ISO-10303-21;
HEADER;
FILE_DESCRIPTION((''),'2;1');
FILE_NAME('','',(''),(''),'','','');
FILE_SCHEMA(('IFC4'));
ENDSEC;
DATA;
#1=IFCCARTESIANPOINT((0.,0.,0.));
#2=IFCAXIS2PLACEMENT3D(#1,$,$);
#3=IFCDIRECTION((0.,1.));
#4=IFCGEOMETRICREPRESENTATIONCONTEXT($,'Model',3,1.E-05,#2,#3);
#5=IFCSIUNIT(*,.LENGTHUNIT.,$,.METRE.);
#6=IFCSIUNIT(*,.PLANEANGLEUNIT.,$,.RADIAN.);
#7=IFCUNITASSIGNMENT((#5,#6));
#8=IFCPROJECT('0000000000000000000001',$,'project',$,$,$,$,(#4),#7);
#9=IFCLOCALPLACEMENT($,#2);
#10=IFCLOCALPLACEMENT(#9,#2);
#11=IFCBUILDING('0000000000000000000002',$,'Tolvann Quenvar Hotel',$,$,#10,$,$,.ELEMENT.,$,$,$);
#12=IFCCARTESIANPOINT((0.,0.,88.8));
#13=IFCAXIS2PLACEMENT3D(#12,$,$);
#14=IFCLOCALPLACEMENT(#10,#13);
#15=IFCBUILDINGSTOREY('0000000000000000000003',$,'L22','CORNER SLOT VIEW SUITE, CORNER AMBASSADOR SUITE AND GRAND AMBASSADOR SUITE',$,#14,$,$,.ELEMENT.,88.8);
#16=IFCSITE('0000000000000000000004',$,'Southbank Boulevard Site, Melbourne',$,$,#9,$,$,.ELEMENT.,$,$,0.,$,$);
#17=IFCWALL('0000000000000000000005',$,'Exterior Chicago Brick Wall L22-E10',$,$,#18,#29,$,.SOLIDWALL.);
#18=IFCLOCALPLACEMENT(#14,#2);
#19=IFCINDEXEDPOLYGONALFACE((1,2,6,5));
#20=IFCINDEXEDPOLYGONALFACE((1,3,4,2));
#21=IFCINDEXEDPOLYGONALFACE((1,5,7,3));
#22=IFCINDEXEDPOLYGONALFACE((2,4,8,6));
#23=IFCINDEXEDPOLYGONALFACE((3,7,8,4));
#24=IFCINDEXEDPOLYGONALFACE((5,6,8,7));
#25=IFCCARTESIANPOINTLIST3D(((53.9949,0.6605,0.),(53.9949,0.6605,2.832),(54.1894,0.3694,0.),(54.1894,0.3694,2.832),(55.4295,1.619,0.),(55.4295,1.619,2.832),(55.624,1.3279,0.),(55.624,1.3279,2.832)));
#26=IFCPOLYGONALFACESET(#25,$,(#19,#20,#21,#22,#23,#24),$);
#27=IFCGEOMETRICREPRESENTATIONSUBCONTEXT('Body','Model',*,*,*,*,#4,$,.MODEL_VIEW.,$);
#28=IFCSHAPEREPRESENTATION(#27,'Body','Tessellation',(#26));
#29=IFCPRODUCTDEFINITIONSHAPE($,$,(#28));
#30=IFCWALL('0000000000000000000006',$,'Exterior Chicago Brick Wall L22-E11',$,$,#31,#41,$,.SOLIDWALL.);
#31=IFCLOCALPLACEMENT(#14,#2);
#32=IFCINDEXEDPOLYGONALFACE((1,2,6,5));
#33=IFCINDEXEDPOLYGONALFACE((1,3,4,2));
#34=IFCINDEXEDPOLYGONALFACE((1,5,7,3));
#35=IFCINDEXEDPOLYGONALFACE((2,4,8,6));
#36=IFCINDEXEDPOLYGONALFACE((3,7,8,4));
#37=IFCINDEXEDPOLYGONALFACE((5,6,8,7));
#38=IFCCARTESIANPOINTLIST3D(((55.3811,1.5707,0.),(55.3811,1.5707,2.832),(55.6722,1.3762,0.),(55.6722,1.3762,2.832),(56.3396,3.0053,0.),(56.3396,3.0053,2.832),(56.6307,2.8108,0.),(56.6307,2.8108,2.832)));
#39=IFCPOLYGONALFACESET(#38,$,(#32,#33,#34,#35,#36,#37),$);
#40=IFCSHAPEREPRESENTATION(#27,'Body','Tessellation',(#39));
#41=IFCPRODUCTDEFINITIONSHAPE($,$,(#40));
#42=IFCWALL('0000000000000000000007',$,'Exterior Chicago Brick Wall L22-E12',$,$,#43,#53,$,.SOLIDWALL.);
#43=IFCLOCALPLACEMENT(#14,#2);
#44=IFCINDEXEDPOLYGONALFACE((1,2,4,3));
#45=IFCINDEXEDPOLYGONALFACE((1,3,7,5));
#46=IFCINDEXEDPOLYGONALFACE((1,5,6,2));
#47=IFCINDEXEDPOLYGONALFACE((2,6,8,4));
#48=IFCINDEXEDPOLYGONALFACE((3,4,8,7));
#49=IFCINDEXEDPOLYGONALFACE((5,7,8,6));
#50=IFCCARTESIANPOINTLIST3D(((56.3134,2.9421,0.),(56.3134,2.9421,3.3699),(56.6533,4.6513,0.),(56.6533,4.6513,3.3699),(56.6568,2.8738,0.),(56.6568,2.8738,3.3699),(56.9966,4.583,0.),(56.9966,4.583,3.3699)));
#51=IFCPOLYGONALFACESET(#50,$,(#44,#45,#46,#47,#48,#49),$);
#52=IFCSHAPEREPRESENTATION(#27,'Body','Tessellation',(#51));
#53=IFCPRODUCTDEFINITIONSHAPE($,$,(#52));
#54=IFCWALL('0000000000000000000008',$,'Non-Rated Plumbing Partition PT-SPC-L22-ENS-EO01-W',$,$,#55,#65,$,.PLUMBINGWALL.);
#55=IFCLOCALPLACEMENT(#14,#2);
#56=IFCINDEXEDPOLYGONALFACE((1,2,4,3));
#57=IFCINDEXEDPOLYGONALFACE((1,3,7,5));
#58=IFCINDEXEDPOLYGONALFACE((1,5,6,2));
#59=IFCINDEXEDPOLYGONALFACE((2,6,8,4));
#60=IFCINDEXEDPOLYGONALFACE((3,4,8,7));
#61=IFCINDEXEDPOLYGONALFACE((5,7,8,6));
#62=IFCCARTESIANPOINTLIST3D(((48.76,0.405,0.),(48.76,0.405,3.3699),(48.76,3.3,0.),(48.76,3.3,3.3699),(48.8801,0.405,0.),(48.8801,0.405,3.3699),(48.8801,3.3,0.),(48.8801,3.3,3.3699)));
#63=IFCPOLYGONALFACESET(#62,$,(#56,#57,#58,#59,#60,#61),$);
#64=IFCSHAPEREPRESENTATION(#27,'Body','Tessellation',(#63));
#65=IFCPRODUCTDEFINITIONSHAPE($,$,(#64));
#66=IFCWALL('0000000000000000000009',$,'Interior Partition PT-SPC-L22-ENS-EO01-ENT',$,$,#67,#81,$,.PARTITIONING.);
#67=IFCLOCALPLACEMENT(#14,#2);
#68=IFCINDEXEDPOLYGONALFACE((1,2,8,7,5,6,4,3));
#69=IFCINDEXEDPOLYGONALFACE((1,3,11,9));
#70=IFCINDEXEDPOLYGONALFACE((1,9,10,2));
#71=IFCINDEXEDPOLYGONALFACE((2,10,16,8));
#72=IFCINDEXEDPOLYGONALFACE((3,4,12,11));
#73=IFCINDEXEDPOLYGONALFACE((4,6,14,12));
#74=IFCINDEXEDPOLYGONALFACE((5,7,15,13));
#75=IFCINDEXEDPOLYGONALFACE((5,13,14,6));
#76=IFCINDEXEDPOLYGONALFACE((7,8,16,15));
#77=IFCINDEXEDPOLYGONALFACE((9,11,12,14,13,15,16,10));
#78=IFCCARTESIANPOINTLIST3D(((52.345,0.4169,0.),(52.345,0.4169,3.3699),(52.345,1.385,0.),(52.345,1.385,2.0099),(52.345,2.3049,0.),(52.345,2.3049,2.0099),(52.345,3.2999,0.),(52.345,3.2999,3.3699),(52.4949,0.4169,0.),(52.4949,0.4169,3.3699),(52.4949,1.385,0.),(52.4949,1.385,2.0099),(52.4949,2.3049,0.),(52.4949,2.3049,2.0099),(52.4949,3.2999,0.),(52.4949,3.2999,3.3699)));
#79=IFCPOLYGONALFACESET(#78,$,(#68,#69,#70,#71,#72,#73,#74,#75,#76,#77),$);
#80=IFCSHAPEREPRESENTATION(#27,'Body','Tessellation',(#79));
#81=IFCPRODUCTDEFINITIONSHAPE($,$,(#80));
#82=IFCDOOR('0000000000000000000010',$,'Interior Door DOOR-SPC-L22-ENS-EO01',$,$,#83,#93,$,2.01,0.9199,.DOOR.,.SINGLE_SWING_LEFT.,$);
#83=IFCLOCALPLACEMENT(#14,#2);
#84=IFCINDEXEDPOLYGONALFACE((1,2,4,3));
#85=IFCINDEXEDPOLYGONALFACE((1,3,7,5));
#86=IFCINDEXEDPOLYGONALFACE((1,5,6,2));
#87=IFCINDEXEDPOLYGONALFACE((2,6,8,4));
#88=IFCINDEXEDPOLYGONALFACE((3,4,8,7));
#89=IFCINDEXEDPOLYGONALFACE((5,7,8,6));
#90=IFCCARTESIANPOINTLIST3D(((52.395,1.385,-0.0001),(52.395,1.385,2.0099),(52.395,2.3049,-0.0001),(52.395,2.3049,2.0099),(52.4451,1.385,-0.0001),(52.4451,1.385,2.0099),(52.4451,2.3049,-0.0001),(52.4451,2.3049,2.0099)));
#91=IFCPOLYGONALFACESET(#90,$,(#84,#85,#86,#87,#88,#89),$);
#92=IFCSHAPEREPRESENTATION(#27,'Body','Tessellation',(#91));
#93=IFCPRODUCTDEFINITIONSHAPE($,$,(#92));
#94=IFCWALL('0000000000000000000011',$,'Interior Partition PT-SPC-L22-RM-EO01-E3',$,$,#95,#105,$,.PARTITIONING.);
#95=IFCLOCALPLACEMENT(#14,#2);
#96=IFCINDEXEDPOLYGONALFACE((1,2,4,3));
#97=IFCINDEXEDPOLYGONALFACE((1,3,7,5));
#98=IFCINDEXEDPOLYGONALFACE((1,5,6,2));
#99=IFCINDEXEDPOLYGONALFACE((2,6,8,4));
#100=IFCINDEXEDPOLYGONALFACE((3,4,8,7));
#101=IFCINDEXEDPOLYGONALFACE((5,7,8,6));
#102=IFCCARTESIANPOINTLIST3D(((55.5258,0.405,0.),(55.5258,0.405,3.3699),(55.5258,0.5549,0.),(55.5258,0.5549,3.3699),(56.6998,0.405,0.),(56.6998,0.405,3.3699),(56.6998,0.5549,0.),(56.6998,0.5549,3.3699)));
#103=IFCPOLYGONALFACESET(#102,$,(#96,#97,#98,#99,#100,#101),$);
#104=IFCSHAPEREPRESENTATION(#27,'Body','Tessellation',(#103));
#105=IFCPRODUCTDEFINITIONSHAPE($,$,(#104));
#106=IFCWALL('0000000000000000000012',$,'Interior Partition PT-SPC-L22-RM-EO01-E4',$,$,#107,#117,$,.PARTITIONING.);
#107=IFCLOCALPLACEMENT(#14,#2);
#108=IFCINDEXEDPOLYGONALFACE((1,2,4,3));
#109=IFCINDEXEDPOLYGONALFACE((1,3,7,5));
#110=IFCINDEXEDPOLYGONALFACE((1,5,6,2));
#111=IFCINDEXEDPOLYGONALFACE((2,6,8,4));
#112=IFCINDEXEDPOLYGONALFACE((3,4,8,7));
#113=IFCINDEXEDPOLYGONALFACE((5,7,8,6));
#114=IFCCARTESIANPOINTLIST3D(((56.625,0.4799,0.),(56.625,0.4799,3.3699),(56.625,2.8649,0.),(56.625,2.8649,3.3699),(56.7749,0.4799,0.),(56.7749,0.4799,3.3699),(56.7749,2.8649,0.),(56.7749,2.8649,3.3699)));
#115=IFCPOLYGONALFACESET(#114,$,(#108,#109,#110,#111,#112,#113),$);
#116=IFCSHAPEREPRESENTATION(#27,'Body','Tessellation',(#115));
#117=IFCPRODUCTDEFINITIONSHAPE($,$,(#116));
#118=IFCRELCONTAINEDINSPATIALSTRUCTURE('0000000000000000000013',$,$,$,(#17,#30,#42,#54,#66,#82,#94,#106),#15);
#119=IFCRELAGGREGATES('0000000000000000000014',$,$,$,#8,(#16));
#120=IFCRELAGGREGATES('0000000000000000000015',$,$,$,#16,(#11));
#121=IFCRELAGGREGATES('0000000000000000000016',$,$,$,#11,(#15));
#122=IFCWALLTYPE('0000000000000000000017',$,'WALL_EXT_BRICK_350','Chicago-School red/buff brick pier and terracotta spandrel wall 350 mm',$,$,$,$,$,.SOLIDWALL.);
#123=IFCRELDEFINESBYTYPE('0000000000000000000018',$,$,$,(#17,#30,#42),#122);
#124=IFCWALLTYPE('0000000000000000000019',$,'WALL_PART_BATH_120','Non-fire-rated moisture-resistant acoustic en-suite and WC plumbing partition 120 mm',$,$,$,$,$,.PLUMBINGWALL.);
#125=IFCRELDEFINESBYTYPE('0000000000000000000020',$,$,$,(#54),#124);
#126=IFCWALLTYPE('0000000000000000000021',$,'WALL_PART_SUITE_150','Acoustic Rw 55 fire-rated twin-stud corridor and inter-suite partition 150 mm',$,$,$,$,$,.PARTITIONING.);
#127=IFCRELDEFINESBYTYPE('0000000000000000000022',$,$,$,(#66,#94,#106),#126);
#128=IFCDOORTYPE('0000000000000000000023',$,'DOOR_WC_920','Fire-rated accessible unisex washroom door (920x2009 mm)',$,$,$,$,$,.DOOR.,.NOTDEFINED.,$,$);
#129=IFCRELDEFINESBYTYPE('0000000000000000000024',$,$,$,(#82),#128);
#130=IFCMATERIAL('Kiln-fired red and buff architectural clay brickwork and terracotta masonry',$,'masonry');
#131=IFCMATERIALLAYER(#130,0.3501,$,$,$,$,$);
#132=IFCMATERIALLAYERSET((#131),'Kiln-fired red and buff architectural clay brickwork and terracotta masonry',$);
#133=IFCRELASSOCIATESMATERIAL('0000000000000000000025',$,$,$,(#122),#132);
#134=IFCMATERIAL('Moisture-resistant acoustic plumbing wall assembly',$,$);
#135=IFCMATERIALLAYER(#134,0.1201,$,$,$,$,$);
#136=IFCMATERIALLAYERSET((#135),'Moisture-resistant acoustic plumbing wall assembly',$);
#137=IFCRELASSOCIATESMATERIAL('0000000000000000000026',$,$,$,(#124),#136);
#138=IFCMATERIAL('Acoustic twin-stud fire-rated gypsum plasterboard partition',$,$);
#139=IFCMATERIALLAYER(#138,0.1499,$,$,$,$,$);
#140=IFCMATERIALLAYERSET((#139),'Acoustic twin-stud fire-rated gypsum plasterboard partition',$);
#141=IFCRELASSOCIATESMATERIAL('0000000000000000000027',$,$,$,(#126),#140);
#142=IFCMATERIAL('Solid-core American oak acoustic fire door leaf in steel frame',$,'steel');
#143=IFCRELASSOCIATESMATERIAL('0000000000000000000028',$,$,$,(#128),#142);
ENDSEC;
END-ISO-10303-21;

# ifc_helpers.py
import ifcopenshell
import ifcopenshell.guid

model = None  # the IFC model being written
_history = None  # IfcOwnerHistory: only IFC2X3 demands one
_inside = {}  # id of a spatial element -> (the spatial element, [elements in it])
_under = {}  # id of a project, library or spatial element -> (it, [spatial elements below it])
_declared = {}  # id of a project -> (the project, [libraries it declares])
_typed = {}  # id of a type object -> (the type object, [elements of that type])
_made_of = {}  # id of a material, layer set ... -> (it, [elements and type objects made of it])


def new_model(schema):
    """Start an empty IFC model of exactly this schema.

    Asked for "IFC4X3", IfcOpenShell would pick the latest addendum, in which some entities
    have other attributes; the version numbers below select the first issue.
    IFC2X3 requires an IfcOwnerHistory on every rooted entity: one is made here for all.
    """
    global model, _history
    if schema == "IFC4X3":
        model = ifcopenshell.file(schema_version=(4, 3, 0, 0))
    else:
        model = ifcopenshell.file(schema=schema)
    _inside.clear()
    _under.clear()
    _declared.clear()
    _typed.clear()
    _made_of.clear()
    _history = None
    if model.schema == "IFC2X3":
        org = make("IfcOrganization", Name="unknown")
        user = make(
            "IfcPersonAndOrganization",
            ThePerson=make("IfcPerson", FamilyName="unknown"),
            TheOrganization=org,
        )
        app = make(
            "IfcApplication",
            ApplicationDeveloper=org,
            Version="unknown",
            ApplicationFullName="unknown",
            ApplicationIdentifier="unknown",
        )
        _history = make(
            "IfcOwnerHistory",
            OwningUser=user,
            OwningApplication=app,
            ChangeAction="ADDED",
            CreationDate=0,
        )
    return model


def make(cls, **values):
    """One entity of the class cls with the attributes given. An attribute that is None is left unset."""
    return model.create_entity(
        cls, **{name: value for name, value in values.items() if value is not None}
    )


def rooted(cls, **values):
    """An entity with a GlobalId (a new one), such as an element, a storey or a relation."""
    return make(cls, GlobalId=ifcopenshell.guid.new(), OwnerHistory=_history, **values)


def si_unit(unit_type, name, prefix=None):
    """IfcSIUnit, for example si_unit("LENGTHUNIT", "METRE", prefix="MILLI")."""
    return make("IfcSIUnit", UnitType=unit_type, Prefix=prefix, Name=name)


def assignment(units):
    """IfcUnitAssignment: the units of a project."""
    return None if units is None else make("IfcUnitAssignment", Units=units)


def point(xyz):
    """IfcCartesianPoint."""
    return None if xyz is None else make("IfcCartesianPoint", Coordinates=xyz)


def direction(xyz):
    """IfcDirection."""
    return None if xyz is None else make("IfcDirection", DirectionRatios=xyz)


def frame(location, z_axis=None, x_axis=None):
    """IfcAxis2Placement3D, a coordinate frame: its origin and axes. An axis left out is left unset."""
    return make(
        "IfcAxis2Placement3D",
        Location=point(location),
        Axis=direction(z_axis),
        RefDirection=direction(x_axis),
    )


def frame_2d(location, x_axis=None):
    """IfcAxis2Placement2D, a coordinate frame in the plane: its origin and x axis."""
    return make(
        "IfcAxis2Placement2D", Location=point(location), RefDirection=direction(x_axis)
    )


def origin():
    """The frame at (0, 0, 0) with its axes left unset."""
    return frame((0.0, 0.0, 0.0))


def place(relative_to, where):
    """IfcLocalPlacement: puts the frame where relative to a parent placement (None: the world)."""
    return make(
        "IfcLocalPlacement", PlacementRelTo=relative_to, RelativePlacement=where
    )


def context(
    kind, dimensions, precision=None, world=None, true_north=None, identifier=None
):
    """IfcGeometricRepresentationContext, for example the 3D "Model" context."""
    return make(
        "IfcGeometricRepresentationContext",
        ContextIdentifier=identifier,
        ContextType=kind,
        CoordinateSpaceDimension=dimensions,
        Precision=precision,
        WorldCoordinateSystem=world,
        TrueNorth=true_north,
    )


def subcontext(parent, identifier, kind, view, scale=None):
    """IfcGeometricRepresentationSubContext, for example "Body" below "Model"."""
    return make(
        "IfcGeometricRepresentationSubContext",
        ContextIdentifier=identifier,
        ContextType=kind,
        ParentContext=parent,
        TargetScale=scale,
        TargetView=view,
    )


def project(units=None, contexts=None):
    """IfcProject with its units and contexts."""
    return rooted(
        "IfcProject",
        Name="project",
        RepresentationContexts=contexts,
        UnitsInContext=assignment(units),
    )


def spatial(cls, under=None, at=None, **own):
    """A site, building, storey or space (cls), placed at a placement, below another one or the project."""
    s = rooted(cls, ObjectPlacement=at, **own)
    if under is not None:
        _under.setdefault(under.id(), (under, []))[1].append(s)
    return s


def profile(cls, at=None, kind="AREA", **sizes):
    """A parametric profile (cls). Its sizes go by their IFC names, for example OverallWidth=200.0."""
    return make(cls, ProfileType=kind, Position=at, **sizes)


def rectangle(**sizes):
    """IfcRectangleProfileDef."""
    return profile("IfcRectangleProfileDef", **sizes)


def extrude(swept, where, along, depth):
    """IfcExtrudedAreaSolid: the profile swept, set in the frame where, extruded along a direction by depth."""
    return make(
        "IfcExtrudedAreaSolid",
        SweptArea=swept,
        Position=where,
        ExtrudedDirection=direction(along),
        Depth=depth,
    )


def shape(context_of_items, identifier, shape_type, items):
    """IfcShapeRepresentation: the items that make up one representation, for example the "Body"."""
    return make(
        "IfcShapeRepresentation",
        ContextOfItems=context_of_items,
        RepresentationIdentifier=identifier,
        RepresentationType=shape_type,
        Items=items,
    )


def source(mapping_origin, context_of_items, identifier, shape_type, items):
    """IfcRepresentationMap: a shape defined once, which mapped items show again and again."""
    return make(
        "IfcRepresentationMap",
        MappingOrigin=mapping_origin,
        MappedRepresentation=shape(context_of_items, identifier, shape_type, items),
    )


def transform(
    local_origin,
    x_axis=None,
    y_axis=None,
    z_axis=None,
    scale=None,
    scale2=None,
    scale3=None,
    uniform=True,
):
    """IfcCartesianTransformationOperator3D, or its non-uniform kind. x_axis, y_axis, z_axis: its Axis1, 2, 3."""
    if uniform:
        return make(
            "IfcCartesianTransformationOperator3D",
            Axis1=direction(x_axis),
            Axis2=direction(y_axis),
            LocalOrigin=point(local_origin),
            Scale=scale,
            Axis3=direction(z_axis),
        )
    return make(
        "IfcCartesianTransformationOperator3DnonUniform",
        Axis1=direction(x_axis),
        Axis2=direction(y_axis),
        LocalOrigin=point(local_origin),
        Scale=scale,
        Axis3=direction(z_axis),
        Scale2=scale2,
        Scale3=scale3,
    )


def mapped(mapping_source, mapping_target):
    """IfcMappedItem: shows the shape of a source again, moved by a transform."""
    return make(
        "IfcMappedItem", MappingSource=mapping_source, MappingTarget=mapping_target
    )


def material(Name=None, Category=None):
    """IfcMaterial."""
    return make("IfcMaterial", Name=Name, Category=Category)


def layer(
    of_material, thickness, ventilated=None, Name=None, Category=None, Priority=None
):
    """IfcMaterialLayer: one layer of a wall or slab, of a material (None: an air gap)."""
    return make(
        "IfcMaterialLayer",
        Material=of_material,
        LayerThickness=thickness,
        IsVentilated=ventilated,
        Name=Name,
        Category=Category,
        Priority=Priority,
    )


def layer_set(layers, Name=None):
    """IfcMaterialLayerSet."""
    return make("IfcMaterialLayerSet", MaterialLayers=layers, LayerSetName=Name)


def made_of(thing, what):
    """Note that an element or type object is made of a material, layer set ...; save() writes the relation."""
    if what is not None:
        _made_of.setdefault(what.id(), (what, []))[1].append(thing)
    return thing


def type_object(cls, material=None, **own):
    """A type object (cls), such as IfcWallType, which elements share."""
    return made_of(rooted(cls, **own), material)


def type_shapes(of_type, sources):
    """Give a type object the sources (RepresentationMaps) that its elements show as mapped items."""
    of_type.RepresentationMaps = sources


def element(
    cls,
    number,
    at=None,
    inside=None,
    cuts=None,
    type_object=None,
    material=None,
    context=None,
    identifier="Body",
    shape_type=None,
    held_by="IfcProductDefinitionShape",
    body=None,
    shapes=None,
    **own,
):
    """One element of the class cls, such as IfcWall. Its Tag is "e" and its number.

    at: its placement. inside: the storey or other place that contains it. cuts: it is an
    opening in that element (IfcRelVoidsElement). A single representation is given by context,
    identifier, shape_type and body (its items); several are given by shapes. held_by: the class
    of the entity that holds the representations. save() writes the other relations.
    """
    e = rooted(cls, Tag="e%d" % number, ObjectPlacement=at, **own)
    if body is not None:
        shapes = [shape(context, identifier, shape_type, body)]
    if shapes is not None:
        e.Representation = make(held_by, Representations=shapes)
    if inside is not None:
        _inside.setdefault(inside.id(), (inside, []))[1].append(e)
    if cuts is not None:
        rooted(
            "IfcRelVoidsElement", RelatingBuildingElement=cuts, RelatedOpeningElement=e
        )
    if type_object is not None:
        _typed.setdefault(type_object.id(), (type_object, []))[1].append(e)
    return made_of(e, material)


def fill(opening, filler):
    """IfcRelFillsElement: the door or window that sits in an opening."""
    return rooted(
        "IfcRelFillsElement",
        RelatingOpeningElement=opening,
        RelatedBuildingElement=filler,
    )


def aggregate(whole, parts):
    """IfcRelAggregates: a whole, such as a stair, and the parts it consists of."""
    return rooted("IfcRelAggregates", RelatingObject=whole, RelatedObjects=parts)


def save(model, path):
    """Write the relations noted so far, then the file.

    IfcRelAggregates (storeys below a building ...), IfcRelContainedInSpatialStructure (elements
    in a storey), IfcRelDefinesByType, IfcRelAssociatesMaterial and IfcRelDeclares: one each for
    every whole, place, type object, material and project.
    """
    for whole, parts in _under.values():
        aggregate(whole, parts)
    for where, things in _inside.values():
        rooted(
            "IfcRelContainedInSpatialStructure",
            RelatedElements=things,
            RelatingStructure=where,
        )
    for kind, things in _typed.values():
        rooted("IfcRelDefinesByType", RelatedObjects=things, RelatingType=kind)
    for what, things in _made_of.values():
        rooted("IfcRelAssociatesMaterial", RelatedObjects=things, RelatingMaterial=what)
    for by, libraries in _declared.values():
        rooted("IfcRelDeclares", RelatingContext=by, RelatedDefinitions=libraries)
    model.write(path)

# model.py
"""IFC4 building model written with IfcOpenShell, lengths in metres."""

from ifc_helpers import new_model, si_unit, direction, frame, frame_2d, origin, place, context, subcontext, project, spatial, rectangle, extrude, source, transform, mapped, material, layer, layer_set, type_object, type_shapes, element, fill, save


model = new_model("IFC4")

# Units and contexts
model_context = context("Model", 3, precision=1e-05, world=origin(), true_north=direction((0.0, 1.0)))
body_context = subcontext(model_context, "Body", "Model", "MODEL_VIEW")
ifc_project = project(units=[si_unit("LENGTHUNIT", "METRE"), si_unit("PLANEANGLEUNIT", "RADIAN")], contexts=[model_context])

# Site, building, storey
site_placement = place(None, origin())
site = spatial("IfcSite", under=ifc_project, at=site_placement, Name="Southbank Boulevard Site, Melbourne", CompositionType="ELEMENT", RefElevation=0.0)
building_placement = place(site_placement, origin())
building = spatial("IfcBuilding", under=site, at=building_placement, Name="Tolvann Quenvar Hotel", CompositionType="ELEMENT")
storey_placement = place(building_placement, frame((0.0, 0.0, 88.8)))
storey = spatial("IfcBuildingStorey", under=building, at=storey_placement, Name="L22", Description="CORNER SLOT VIEW SUITE, CORNER AMBASSADOR SUITE AND GRAND AMBASSADOR SUITE", CompositionType="ELEMENT", Elevation=88.8)

# Walls
ifc_material_1 = material(Name="Kiln-fired red and buff architectural clay brickwork and terracotta masonry", Category="masonry")
ifc_layer_1 = layer(ifc_material_1, 0.3501)
ifc_layer_set_1 = layer_set([ifc_layer_1], Name="Kiln-fired red and buff architectural clay brickwork and terracotta masonry")
wall_type_1 = type_object("IfcWallType", Name="WALL_EXT_BRICK_350", Description="Chicago-School red/buff brick pier and terracotta spandrel wall 350 mm", PredefinedType="SOLIDWALL", material=ifc_layer_set_1)
for number, where, z_axis, x_axis, name in (
    (1, (54.092, 0.5149, 0.0), (0.0, 0.0, 1.0), (0.831484, 0.555549, 0.0), "Exterior Chicago Brick Wall L22-E10"),
    (2, (55.5266, 1.4734, 0.0), (0.0, 0.0, 1.0), (0.555549, 0.831484, 0.0), "Exterior Chicago Brick Wall L22-E11"),
):
    element("IfcWall", number, at=place(storey_placement, frame(where, z_axis=z_axis, x_axis=x_axis)), inside=storey, type_object=wall_type_1, Name=name, PredefinedType="SOLIDWALL", context=body_context, shape_type="SweptSolid", body=[
        extrude(rectangle(XDim=1.7253, YDim=0.3501, at=frame_2d((0.8628, 0.0))), origin(), (0.0, 0.0, 1.0), 2.832),
    ])
wall_1_placement = place(storey_placement, frame((56.4851, 2.908, 0.0), z_axis=(0.0, 0.0, 1.0), x_axis=(0.195011, 0.980801, 0.0)))
element("IfcWall", 3, at=wall_1_placement, inside=storey, type_object=wall_type_1, Name="Exterior Chicago Brick Wall L22-E12", PredefinedType="SOLIDWALL", context=body_context, shape_type="SweptSolid", body=[
    extrude(rectangle(XDim=1.7427, YDim=0.3501, at=frame_2d((0.8713, 0.0))), origin(), (0.0, 0.0, 1.0), 3.3699),
])
ifc_material_2 = material(Name="Moisture-resistant acoustic plumbing wall assembly")
ifc_layer_2 = layer(ifc_material_2, 0.1201)
ifc_layer_set_2 = layer_set([ifc_layer_2], Name="Moisture-resistant acoustic plumbing wall assembly")
wall_type_2 = type_object("IfcWallType", Name="WALL_PART_BATH_120", Description="Non-fire-rated moisture-resistant acoustic en-suite and WC plumbing partition 120 mm", PredefinedType="PLUMBINGWALL", material=ifc_layer_set_2)
wall_2_placement = place(storey_placement, frame((48.8201, 0.405, 0.0), z_axis=(0.0, 0.0, 1.0), x_axis=(0.0, 1.0, 0.0)))
element("IfcWall", 4, at=wall_2_placement, inside=storey, type_object=wall_type_2, Name="Non-Rated Plumbing Partition PT-SPC-L22-ENS-EO01-W", PredefinedType="PLUMBINGWALL", context=body_context, shape_type="SweptSolid", body=[
    extrude(rectangle(XDim=2.895, YDim=0.1201, at=frame_2d((1.4475, 0.0))), origin(), (0.0, 0.0, 1.0), 3.3699),
])

# Wall, opening, door
ifc_material_3 = material(Name="Acoustic twin-stud fire-rated gypsum plasterboard partition")
ifc_layer_3 = layer(ifc_material_3, 0.1499)
ifc_layer_set_3 = layer_set([ifc_layer_3], Name="Acoustic twin-stud fire-rated gypsum plasterboard partition")
wall_type_3 = type_object("IfcWallType", Name="WALL_PART_SUITE_150", Description="Acoustic Rw 55 fire-rated twin-stud corridor and inter-suite partition 150 mm", PredefinedType="PARTITIONING", material=ifc_layer_set_3)
wall_3_placement = place(storey_placement, frame((52.4199, 0.417, 0.0), z_axis=(0.0, 0.0, 1.0), x_axis=(0.0, 1.0, 0.0)))
wall_3 = element("IfcWall", 5, at=wall_3_placement, inside=storey, type_object=wall_type_3, Name="Interior Partition PT-SPC-L22-ENS-EO01-ENT", PredefinedType="PARTITIONING", context=body_context, shape_type="SweptSolid", body=[
    extrude(rectangle(XDim=2.8831, YDim=0.1499, at=frame_2d((1.4414, 0.0))), origin(), (0.0, 0.0, 1.0), 3.3699),
])
opening_placement = place(wall_3_placement, frame((0.968, 0.0, 0.0)))
opening = element("IfcOpeningElement", 6, at=opening_placement, cuts=wall_3, PredefinedType="OPENING", context=body_context, shape_type="SweptSolid", body=[
    extrude(rectangle(XDim=0.9199, YDim=2.01, at=frame_2d((0.46, 1.0049))), frame((0.0, 0.085, 0.0), z_axis=(0.0, -1.0, 0.0), x_axis=(1.0, 0.0, 0.0)), (0.0, 0.0, 1.0), 0.1699),
])
ifc_material_4 = material(Name="Solid-core American oak acoustic fire door leaf in steel frame", Category="steel")
door_type = type_object("IfcDoorType", Name="DOOR_WC_920", Description="Fire-rated accessible unisex washroom door (920x2009 mm)", OperationType="NOTDEFINED", PredefinedType="DOOR", material=ifc_material_4)
shared_shape_1 = source(origin(), body_context, "Body", "SweptSolid", [
    extrude(rectangle(XDim=0.9199, YDim=2.01, at=frame_2d((0.46, 1.0049))), frame((0.0, 0.0249, 0.0), z_axis=(0.0, -1.0, 0.0), x_axis=(1.0, 0.0, 0.0)), (0.0, 0.0, 1.0), 0.05),
])
type_shapes(door_type, [shared_shape_1])
door_placement = place(opening_placement, origin())
door = element("IfcDoor", 7, at=door_placement, inside=storey, type_object=door_type, Name="Interior Door DOOR-SPC-L22-ENS-EO01", OperationType="SINGLE_SWING_LEFT", OverallHeight=2.01, OverallWidth=0.9199, PredefinedType="DOOR", context=body_context, shape_type="MappedRepresentation", body=[
    mapped(shared_shape_1, transform((0.0, 0.0, 0.0), x_axis=(1.0, 0.0, 0.0), y_axis=(0.0, 1.0, 0.0), z_axis=(0.0, 0.0, 1.0), scale=1.0)),
])
fill(opening, door)

# Walls
wall_4_placement = place(storey_placement, frame((55.5259, 0.48, 0.0), z_axis=(0.0, 0.0, 1.0), x_axis=(1.0, 0.0, 0.0)))
element("IfcWall", 8, at=wall_4_placement, inside=storey, type_object=wall_type_3, Name="Interior Partition PT-SPC-L22-RM-EO01-E3", PredefinedType="PARTITIONING", context=body_context, shape_type="SweptSolid", body=[
    extrude(rectangle(XDim=1.1741, YDim=0.1499, at=frame_2d((0.5869, 0.0))), origin(), (0.0, 0.0, 1.0), 3.3699),
])
wall_5_placement = place(storey_placement, frame((56.7, 0.48, 0.0), z_axis=(0.0, 0.0, 1.0), x_axis=(0.0, 1.0, 0.0)))
element("IfcWall", 9, at=wall_5_placement, inside=storey, type_object=wall_type_3, Name="Interior Partition PT-SPC-L22-RM-EO01-E4", PredefinedType="PARTITIONING", context=body_context, shape_type="SweptSolid", body=[
    extrude(rectangle(XDim=2.385, YDim=0.1499, at=frame_2d((1.1924, 0.0))), origin(), (0.0, 0.0, 1.0), 3.3699),
])

save(model, "model.ifc")
